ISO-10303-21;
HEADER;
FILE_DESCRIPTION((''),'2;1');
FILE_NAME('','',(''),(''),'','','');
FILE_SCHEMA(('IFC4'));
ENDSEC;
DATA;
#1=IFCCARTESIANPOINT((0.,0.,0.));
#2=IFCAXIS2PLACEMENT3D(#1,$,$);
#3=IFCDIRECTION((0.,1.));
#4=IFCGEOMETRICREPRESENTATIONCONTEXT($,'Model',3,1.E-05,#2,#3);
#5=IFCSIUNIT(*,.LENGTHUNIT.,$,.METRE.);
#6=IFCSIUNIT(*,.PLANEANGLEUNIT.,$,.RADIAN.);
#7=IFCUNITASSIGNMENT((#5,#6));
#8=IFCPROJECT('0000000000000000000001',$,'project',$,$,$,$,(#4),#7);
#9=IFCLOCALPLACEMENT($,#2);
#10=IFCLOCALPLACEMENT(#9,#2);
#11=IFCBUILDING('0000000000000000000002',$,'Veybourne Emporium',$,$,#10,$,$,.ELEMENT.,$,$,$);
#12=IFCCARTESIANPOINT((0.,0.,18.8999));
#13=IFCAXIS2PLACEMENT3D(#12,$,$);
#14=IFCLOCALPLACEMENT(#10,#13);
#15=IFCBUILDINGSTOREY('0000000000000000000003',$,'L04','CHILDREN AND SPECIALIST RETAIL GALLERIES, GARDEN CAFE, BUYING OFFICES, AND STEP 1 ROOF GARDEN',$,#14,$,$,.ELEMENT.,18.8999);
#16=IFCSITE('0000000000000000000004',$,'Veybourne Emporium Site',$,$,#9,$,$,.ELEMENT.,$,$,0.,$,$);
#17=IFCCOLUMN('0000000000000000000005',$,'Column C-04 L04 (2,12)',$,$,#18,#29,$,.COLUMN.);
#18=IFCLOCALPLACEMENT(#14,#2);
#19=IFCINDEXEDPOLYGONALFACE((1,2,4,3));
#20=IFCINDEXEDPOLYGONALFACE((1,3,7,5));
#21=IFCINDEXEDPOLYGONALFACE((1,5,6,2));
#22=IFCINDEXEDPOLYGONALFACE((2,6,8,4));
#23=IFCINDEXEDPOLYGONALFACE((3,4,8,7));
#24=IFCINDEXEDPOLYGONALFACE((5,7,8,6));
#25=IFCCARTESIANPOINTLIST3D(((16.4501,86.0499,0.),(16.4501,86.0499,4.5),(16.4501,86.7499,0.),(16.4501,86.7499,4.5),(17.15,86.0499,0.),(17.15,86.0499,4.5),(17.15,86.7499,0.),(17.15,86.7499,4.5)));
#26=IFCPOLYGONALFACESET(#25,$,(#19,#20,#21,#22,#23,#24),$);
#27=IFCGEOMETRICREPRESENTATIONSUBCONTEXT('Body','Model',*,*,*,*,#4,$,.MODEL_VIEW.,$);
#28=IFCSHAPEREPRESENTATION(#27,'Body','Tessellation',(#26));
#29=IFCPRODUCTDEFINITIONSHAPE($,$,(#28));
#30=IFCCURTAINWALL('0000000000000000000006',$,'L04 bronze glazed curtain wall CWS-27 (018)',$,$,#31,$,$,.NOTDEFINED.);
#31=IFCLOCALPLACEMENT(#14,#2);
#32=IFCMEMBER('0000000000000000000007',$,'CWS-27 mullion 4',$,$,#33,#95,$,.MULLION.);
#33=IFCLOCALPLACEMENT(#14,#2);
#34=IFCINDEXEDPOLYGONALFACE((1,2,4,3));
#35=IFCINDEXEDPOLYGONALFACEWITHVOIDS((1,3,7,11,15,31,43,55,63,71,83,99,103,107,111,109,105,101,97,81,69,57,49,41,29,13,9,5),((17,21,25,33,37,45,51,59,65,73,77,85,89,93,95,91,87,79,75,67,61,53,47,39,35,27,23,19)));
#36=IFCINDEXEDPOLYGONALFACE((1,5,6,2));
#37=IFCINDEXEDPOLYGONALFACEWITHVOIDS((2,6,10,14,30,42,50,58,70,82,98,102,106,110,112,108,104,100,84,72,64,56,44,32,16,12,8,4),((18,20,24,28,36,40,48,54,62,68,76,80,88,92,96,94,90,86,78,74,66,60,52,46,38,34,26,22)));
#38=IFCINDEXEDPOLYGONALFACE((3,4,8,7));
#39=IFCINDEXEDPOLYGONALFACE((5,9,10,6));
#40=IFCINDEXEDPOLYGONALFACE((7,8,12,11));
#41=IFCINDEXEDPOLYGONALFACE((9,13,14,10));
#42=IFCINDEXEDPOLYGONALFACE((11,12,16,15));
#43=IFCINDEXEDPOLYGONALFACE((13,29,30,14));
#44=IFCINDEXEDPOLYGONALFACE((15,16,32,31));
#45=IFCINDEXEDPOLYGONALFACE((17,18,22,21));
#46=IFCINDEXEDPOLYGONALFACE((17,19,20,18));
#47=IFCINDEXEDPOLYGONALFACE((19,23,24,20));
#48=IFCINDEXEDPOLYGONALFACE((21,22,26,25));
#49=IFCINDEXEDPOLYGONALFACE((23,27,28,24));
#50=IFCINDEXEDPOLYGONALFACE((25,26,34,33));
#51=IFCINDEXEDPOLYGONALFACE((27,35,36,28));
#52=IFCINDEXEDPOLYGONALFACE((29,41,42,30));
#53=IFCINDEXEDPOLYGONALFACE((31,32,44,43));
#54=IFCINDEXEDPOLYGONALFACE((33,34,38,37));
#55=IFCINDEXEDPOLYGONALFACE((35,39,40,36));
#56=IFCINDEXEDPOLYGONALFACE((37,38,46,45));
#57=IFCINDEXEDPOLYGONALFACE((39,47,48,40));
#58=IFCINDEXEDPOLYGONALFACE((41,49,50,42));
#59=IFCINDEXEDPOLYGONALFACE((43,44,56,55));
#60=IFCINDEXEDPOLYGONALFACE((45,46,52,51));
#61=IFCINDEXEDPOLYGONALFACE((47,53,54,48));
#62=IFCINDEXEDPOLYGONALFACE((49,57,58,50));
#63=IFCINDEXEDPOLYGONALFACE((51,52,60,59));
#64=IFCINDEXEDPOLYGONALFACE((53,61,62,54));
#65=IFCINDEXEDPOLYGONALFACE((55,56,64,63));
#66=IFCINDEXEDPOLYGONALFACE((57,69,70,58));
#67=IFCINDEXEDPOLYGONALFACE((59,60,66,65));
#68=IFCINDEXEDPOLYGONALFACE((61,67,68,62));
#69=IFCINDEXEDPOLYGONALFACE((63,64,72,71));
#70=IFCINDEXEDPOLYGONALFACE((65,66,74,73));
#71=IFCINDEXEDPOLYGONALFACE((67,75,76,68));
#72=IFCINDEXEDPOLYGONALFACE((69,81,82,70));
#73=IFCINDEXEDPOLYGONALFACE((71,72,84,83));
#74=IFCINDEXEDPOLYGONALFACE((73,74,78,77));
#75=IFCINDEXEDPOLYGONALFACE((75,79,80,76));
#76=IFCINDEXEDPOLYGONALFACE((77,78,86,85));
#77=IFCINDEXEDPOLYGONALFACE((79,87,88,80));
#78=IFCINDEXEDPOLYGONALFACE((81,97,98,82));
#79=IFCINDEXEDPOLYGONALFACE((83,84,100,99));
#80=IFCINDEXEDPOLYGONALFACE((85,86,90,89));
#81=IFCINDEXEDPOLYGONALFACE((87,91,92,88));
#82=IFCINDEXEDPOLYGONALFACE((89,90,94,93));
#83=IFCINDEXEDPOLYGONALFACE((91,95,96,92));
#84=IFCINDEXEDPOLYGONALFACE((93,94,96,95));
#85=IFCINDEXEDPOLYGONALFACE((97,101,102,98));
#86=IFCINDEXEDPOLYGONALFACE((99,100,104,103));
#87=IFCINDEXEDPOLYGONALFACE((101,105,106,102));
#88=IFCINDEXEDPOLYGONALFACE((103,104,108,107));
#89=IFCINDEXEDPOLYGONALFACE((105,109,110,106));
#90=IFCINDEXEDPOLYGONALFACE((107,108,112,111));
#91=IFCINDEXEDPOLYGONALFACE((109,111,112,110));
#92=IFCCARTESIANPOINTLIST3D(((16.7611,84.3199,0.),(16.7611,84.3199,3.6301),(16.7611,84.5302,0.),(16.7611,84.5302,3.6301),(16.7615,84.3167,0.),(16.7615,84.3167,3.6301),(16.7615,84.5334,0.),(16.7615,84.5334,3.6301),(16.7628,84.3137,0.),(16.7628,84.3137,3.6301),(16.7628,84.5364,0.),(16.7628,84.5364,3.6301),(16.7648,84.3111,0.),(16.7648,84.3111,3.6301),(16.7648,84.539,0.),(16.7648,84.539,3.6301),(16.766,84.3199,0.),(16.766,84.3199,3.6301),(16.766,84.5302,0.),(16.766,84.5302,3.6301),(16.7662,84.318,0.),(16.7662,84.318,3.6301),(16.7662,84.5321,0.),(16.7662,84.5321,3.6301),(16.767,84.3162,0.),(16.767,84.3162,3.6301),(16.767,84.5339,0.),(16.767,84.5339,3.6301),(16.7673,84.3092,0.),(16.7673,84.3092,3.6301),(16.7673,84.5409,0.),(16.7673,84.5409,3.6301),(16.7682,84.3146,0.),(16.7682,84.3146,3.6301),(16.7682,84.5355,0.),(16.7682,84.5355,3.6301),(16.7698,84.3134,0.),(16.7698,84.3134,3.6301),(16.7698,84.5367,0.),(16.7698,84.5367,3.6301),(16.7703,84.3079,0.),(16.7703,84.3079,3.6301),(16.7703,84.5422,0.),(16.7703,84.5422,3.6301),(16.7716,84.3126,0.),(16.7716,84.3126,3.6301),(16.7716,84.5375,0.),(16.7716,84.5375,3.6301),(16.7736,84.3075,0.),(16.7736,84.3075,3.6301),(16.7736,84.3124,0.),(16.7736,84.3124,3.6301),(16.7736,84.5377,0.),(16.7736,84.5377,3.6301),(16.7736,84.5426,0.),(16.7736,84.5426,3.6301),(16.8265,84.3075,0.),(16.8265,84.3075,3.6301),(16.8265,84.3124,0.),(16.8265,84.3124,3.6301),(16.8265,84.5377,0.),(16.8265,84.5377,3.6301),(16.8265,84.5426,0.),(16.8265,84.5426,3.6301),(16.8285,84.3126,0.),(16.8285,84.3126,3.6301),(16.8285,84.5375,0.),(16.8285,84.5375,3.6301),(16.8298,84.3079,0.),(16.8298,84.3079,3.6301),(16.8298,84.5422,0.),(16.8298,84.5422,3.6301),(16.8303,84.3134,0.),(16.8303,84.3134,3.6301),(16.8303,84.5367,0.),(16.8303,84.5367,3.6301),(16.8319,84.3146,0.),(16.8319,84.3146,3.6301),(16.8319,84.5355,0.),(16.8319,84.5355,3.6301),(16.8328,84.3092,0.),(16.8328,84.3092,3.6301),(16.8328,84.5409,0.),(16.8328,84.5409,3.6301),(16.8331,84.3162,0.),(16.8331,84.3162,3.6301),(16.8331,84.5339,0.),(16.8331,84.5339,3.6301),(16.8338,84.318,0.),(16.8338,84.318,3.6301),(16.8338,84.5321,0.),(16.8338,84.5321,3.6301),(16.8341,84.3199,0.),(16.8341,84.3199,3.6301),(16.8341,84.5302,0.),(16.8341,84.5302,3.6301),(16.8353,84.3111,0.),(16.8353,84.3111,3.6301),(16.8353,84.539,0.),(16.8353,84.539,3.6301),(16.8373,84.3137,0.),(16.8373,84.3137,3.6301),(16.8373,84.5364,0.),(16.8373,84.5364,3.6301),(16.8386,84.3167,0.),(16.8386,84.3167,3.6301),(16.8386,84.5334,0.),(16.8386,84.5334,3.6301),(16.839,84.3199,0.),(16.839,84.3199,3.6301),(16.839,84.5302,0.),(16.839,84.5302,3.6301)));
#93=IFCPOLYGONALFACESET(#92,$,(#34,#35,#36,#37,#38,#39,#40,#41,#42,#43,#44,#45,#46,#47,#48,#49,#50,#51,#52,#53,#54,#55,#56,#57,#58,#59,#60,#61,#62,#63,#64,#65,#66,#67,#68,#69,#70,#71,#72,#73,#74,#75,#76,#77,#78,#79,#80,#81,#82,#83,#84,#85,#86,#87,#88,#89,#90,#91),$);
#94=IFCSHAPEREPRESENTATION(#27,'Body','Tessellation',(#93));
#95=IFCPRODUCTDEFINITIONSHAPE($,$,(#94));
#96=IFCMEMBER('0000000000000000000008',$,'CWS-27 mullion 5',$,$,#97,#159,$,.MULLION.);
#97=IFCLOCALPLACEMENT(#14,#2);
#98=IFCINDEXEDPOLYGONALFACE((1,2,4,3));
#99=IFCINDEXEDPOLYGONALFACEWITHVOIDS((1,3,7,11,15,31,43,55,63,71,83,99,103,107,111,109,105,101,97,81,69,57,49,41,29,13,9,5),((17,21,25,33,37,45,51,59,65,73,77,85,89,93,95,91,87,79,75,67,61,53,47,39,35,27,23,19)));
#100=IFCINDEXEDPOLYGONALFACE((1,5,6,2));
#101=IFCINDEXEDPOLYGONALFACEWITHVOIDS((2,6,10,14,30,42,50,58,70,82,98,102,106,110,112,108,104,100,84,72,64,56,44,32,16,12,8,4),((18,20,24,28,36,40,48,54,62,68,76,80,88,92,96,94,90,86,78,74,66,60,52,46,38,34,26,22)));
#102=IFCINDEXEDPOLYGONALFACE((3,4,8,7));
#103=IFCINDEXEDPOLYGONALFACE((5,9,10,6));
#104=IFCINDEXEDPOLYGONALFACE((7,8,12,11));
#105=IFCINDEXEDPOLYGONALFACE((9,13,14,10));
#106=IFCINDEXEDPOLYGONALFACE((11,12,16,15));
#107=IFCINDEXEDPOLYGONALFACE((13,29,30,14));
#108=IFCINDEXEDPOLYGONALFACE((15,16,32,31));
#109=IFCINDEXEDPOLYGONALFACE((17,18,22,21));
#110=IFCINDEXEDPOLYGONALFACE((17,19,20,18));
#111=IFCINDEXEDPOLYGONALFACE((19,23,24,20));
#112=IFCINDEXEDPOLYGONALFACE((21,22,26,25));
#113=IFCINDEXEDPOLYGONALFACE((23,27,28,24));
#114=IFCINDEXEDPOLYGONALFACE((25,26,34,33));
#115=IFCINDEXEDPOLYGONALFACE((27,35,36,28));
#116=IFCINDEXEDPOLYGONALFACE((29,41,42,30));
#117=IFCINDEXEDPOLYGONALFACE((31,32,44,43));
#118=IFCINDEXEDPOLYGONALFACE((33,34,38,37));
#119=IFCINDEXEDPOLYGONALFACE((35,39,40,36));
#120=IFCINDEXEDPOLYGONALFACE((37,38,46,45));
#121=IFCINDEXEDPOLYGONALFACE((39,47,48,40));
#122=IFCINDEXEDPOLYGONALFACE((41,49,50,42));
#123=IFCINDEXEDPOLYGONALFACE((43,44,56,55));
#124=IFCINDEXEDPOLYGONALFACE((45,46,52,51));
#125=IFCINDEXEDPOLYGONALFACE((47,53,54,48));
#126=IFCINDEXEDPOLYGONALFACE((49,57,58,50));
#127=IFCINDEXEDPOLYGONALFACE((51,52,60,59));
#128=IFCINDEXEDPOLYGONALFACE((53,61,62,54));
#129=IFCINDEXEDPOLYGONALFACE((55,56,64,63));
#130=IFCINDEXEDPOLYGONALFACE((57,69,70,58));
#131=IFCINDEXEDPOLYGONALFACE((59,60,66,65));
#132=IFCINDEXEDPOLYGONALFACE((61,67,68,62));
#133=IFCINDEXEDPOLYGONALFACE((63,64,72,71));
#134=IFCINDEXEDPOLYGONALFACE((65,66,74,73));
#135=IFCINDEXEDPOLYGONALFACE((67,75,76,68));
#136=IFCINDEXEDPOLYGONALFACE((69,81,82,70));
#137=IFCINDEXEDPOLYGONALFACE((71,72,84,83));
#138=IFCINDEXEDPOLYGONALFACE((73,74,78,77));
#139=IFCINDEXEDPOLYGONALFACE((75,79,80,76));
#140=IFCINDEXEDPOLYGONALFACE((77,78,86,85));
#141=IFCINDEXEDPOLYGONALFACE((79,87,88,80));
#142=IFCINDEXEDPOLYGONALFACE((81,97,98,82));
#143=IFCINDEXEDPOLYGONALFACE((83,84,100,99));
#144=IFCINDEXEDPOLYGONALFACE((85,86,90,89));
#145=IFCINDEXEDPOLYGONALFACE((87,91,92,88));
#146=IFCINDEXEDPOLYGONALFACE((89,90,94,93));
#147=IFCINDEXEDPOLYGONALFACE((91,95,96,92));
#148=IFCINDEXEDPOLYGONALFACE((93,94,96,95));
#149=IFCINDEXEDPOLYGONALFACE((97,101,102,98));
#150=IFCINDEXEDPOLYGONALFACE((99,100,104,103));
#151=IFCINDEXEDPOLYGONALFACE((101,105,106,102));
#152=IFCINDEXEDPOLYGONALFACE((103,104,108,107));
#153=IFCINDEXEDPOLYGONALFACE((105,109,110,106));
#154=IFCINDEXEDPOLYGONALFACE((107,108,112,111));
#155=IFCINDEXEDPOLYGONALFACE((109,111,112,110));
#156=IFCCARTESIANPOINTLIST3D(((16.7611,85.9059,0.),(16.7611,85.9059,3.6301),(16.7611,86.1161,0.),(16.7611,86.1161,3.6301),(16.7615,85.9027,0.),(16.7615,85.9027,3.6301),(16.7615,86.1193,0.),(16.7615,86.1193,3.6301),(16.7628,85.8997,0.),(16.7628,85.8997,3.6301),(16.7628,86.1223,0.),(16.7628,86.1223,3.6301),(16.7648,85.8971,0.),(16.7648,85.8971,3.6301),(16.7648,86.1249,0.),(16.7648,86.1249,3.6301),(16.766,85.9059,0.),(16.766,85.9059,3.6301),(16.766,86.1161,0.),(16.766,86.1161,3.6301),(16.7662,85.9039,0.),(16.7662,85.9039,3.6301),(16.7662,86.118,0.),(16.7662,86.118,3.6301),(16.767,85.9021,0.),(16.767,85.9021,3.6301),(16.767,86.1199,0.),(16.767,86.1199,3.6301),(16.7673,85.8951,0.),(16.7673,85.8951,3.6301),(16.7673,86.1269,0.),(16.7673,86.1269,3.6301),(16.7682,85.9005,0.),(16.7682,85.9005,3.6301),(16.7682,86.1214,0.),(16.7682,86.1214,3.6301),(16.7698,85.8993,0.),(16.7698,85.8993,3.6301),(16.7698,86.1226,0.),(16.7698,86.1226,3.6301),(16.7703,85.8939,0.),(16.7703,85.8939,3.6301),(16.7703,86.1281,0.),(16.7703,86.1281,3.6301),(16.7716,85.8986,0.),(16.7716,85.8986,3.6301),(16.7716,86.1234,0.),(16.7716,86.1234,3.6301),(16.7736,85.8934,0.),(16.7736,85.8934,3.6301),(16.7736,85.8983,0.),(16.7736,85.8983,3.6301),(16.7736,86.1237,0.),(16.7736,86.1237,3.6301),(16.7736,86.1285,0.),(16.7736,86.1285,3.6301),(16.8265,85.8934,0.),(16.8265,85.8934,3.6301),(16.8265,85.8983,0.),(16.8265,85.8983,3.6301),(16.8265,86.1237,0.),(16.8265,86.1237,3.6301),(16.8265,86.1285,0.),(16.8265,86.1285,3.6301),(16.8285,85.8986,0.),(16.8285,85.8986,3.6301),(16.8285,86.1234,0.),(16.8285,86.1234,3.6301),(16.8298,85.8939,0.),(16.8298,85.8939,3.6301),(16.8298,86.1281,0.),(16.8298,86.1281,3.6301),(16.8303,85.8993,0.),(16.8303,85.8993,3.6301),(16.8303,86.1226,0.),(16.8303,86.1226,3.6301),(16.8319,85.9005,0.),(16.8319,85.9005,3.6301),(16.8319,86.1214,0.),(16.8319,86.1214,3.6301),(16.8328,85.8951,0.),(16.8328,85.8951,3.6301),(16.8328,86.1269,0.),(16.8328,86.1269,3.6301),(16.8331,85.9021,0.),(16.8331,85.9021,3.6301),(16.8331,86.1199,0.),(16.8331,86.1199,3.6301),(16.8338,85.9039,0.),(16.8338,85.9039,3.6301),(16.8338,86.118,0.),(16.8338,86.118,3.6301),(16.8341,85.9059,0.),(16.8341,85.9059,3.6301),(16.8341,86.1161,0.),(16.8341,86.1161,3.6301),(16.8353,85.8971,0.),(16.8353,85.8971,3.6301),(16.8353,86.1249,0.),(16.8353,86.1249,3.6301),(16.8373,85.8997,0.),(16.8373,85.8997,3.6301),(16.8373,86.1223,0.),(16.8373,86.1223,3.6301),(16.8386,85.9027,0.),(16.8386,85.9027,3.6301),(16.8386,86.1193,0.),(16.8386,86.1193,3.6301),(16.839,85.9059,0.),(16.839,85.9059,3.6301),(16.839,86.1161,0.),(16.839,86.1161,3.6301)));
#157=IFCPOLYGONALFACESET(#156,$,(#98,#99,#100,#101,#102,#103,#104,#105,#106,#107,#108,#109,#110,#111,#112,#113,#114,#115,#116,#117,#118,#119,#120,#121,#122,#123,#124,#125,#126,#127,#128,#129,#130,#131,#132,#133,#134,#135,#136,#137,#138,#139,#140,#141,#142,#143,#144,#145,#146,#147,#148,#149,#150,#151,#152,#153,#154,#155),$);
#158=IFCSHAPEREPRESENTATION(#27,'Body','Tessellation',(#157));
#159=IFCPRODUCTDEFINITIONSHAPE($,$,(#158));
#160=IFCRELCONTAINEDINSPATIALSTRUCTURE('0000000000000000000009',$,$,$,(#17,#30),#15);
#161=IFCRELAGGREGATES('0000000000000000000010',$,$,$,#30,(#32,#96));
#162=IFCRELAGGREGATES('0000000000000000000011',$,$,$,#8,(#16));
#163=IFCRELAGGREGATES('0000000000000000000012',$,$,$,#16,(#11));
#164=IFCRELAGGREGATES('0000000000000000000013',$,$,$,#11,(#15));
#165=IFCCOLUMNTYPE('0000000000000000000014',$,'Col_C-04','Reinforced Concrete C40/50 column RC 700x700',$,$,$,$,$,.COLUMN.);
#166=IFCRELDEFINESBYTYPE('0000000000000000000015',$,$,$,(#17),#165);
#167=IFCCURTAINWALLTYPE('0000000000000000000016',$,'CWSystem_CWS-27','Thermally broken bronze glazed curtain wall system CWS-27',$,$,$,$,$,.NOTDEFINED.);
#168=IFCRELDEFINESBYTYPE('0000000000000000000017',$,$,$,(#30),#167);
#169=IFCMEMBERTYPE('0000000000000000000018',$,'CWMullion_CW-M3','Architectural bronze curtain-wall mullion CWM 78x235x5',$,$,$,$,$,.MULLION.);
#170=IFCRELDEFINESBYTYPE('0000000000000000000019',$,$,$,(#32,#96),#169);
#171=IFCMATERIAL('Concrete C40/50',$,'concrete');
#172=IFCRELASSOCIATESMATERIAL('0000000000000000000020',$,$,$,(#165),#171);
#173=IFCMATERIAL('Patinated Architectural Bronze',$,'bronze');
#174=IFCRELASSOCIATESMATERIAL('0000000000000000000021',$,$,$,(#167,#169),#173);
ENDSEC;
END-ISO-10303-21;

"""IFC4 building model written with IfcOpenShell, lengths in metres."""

from ifc_helpers import new_model, si_unit, direction, frame, origin, origin_2d, place, context, subcontext, project, spatial, rectangle, hollow_rectangle, extrude, material, material_profile, profile_set, type_object, element, aggregate, save


model = new_model("IFC4")

# Units and contexts
model_context = context("Model", 3, precision=1e-05, world=origin(), true_north=direction((0.0, 1.0)))
body_context = subcontext(model_context, "Body", "Model", "MODEL_VIEW")
ifc_project = project(units=[si_unit("LENGTHUNIT", "METRE"), si_unit("PLANEANGLEUNIT", "RADIAN")], contexts=[model_context])

# Site, building, storey
site_placement = place(None, origin())
site = spatial("IfcSite", under=ifc_project, at=site_placement, Name="Veybourne Emporium Site", CompositionType="ELEMENT", RefElevation=0.0)
building_placement = place(site_placement, origin())
building = spatial("IfcBuilding", under=site, at=building_placement, Name="Veybourne Emporium", CompositionType="ELEMENT")
storey_placement = place(building_placement, frame((0.0, 0.0, 18.8999)))
storey = spatial("IfcBuildingStorey", under=building, at=storey_placement, Name="L04", Description="CHILDREN AND SPECIALIST RETAIL GALLERIES, GARDEN CAFE, BUYING OFFICES, AND STEP 1 ROOF GARDEN", CompositionType="ELEMENT", Elevation=18.8999)

# Column
ifc_material_1 = material(Name="Concrete C40/50", Category="concrete")
ifc_material_profile_1 = material_profile(ifc_material_1, rectangle(XDim=0.7, YDim=0.7, at=origin_2d()), Name="RC 700x700")
ifc_profile_set_1 = profile_set([ifc_material_profile_1], Name="Concrete C40/50")
column_type = type_object("IfcColumnType", Name="Col_C-04", Description="Reinforced Concrete C40/50 column RC 700x700", PredefinedType="COLUMN", material=ifc_profile_set_1)
column_placement = place(storey_placement, frame((16.8, 86.3999, 0.0), z_axis=(0.0, 0.0, 1.0), x_axis=(1.0, 0.0, 0.0)))
element("IfcColumn", 1, at=column_placement, inside=storey, type_object=column_type, Name="Column C-04 L04 (2,12)", PredefinedType="COLUMN", context=body_context, shape_type="SweptSolid", body=[
    extrude(rectangle(XDim=0.7, YDim=0.7, at=origin_2d()), origin(), (0.0, 0.0, 1.0), 4.5),
])

# Curtain wall, members
ifc_material_2 = material(Name="Patinated Architectural Bronze", Category="bronze")
curtain_wall_type = type_object("IfcCurtainWallType", Name="CWSystem_CWS-27", Description="Thermally broken bronze glazed curtain wall system CWS-27", PredefinedType="NOTDEFINED", material=ifc_material_2)
curtain_wall_placement = place(storey_placement, origin())
curtain_wall = element("IfcCurtainWall", 2, at=curtain_wall_placement, inside=storey, type_object=curtain_wall_type, Name="L04 bronze glazed curtain wall CWS-27 (018)", PredefinedType="NOTDEFINED")
ifc_material_profile_2 = material_profile(ifc_material_2, hollow_rectangle(XDim=0.0779, YDim=0.2351, WallThickness=0.0049, InnerFilletRadius=0.0076, OuterFilletRadius=0.0125, at=origin_2d()), Name="CWM 78x235x5")
ifc_profile_set_2 = profile_set([ifc_material_profile_2], Name="Patinated Architectural Bronze")
member_type_1 = type_object("IfcMemberType", Name="CWMullion_CW-M3", Description="Architectural bronze curtain-wall mullion CWM 78x235x5", PredefinedType="MULLION", material=ifc_profile_set_2)
member_1_placement = place(storey_placement, frame((16.8, 84.425, 0.0), z_axis=(0.0, 0.0, 1.0), x_axis=(-1.0, 0.0, 0.0)))
member_1 = element("IfcMember", 3, at=member_1_placement, type_object=member_type_1, Name="CWS-27 mullion 4", PredefinedType="MULLION", context=body_context, shape_type="SweptSolid", body=[
    extrude(hollow_rectangle(XDim=0.0779, YDim=0.2351, WallThickness=0.0049, InnerFilletRadius=0.0076, OuterFilletRadius=0.0125, at=origin_2d()), origin(), (0.0, 0.0, 1.0), 3.6301),
])
member_2_placement = place(storey_placement, frame((16.8, 86.011, 0.0), z_axis=(0.0, 0.0, 1.0), x_axis=(-1.0, 0.0, 0.0)))
member_2 = element("IfcMember", 4, at=member_2_placement, type_object=member_type_1, Name="CWS-27 mullion 5", PredefinedType="MULLION", context=body_context, shape_type="SweptSolid", body=[
    extrude(hollow_rectangle(XDim=0.0779, YDim=0.2351, WallThickness=0.0049, InnerFilletRadius=0.0076, OuterFilletRadius=0.0125, at=origin_2d()), origin(), (0.0, 0.0, 1.0), 3.6301),
])

aggregate(curtain_wall, [member_1, member_2])

save(model, "model.ifc")
